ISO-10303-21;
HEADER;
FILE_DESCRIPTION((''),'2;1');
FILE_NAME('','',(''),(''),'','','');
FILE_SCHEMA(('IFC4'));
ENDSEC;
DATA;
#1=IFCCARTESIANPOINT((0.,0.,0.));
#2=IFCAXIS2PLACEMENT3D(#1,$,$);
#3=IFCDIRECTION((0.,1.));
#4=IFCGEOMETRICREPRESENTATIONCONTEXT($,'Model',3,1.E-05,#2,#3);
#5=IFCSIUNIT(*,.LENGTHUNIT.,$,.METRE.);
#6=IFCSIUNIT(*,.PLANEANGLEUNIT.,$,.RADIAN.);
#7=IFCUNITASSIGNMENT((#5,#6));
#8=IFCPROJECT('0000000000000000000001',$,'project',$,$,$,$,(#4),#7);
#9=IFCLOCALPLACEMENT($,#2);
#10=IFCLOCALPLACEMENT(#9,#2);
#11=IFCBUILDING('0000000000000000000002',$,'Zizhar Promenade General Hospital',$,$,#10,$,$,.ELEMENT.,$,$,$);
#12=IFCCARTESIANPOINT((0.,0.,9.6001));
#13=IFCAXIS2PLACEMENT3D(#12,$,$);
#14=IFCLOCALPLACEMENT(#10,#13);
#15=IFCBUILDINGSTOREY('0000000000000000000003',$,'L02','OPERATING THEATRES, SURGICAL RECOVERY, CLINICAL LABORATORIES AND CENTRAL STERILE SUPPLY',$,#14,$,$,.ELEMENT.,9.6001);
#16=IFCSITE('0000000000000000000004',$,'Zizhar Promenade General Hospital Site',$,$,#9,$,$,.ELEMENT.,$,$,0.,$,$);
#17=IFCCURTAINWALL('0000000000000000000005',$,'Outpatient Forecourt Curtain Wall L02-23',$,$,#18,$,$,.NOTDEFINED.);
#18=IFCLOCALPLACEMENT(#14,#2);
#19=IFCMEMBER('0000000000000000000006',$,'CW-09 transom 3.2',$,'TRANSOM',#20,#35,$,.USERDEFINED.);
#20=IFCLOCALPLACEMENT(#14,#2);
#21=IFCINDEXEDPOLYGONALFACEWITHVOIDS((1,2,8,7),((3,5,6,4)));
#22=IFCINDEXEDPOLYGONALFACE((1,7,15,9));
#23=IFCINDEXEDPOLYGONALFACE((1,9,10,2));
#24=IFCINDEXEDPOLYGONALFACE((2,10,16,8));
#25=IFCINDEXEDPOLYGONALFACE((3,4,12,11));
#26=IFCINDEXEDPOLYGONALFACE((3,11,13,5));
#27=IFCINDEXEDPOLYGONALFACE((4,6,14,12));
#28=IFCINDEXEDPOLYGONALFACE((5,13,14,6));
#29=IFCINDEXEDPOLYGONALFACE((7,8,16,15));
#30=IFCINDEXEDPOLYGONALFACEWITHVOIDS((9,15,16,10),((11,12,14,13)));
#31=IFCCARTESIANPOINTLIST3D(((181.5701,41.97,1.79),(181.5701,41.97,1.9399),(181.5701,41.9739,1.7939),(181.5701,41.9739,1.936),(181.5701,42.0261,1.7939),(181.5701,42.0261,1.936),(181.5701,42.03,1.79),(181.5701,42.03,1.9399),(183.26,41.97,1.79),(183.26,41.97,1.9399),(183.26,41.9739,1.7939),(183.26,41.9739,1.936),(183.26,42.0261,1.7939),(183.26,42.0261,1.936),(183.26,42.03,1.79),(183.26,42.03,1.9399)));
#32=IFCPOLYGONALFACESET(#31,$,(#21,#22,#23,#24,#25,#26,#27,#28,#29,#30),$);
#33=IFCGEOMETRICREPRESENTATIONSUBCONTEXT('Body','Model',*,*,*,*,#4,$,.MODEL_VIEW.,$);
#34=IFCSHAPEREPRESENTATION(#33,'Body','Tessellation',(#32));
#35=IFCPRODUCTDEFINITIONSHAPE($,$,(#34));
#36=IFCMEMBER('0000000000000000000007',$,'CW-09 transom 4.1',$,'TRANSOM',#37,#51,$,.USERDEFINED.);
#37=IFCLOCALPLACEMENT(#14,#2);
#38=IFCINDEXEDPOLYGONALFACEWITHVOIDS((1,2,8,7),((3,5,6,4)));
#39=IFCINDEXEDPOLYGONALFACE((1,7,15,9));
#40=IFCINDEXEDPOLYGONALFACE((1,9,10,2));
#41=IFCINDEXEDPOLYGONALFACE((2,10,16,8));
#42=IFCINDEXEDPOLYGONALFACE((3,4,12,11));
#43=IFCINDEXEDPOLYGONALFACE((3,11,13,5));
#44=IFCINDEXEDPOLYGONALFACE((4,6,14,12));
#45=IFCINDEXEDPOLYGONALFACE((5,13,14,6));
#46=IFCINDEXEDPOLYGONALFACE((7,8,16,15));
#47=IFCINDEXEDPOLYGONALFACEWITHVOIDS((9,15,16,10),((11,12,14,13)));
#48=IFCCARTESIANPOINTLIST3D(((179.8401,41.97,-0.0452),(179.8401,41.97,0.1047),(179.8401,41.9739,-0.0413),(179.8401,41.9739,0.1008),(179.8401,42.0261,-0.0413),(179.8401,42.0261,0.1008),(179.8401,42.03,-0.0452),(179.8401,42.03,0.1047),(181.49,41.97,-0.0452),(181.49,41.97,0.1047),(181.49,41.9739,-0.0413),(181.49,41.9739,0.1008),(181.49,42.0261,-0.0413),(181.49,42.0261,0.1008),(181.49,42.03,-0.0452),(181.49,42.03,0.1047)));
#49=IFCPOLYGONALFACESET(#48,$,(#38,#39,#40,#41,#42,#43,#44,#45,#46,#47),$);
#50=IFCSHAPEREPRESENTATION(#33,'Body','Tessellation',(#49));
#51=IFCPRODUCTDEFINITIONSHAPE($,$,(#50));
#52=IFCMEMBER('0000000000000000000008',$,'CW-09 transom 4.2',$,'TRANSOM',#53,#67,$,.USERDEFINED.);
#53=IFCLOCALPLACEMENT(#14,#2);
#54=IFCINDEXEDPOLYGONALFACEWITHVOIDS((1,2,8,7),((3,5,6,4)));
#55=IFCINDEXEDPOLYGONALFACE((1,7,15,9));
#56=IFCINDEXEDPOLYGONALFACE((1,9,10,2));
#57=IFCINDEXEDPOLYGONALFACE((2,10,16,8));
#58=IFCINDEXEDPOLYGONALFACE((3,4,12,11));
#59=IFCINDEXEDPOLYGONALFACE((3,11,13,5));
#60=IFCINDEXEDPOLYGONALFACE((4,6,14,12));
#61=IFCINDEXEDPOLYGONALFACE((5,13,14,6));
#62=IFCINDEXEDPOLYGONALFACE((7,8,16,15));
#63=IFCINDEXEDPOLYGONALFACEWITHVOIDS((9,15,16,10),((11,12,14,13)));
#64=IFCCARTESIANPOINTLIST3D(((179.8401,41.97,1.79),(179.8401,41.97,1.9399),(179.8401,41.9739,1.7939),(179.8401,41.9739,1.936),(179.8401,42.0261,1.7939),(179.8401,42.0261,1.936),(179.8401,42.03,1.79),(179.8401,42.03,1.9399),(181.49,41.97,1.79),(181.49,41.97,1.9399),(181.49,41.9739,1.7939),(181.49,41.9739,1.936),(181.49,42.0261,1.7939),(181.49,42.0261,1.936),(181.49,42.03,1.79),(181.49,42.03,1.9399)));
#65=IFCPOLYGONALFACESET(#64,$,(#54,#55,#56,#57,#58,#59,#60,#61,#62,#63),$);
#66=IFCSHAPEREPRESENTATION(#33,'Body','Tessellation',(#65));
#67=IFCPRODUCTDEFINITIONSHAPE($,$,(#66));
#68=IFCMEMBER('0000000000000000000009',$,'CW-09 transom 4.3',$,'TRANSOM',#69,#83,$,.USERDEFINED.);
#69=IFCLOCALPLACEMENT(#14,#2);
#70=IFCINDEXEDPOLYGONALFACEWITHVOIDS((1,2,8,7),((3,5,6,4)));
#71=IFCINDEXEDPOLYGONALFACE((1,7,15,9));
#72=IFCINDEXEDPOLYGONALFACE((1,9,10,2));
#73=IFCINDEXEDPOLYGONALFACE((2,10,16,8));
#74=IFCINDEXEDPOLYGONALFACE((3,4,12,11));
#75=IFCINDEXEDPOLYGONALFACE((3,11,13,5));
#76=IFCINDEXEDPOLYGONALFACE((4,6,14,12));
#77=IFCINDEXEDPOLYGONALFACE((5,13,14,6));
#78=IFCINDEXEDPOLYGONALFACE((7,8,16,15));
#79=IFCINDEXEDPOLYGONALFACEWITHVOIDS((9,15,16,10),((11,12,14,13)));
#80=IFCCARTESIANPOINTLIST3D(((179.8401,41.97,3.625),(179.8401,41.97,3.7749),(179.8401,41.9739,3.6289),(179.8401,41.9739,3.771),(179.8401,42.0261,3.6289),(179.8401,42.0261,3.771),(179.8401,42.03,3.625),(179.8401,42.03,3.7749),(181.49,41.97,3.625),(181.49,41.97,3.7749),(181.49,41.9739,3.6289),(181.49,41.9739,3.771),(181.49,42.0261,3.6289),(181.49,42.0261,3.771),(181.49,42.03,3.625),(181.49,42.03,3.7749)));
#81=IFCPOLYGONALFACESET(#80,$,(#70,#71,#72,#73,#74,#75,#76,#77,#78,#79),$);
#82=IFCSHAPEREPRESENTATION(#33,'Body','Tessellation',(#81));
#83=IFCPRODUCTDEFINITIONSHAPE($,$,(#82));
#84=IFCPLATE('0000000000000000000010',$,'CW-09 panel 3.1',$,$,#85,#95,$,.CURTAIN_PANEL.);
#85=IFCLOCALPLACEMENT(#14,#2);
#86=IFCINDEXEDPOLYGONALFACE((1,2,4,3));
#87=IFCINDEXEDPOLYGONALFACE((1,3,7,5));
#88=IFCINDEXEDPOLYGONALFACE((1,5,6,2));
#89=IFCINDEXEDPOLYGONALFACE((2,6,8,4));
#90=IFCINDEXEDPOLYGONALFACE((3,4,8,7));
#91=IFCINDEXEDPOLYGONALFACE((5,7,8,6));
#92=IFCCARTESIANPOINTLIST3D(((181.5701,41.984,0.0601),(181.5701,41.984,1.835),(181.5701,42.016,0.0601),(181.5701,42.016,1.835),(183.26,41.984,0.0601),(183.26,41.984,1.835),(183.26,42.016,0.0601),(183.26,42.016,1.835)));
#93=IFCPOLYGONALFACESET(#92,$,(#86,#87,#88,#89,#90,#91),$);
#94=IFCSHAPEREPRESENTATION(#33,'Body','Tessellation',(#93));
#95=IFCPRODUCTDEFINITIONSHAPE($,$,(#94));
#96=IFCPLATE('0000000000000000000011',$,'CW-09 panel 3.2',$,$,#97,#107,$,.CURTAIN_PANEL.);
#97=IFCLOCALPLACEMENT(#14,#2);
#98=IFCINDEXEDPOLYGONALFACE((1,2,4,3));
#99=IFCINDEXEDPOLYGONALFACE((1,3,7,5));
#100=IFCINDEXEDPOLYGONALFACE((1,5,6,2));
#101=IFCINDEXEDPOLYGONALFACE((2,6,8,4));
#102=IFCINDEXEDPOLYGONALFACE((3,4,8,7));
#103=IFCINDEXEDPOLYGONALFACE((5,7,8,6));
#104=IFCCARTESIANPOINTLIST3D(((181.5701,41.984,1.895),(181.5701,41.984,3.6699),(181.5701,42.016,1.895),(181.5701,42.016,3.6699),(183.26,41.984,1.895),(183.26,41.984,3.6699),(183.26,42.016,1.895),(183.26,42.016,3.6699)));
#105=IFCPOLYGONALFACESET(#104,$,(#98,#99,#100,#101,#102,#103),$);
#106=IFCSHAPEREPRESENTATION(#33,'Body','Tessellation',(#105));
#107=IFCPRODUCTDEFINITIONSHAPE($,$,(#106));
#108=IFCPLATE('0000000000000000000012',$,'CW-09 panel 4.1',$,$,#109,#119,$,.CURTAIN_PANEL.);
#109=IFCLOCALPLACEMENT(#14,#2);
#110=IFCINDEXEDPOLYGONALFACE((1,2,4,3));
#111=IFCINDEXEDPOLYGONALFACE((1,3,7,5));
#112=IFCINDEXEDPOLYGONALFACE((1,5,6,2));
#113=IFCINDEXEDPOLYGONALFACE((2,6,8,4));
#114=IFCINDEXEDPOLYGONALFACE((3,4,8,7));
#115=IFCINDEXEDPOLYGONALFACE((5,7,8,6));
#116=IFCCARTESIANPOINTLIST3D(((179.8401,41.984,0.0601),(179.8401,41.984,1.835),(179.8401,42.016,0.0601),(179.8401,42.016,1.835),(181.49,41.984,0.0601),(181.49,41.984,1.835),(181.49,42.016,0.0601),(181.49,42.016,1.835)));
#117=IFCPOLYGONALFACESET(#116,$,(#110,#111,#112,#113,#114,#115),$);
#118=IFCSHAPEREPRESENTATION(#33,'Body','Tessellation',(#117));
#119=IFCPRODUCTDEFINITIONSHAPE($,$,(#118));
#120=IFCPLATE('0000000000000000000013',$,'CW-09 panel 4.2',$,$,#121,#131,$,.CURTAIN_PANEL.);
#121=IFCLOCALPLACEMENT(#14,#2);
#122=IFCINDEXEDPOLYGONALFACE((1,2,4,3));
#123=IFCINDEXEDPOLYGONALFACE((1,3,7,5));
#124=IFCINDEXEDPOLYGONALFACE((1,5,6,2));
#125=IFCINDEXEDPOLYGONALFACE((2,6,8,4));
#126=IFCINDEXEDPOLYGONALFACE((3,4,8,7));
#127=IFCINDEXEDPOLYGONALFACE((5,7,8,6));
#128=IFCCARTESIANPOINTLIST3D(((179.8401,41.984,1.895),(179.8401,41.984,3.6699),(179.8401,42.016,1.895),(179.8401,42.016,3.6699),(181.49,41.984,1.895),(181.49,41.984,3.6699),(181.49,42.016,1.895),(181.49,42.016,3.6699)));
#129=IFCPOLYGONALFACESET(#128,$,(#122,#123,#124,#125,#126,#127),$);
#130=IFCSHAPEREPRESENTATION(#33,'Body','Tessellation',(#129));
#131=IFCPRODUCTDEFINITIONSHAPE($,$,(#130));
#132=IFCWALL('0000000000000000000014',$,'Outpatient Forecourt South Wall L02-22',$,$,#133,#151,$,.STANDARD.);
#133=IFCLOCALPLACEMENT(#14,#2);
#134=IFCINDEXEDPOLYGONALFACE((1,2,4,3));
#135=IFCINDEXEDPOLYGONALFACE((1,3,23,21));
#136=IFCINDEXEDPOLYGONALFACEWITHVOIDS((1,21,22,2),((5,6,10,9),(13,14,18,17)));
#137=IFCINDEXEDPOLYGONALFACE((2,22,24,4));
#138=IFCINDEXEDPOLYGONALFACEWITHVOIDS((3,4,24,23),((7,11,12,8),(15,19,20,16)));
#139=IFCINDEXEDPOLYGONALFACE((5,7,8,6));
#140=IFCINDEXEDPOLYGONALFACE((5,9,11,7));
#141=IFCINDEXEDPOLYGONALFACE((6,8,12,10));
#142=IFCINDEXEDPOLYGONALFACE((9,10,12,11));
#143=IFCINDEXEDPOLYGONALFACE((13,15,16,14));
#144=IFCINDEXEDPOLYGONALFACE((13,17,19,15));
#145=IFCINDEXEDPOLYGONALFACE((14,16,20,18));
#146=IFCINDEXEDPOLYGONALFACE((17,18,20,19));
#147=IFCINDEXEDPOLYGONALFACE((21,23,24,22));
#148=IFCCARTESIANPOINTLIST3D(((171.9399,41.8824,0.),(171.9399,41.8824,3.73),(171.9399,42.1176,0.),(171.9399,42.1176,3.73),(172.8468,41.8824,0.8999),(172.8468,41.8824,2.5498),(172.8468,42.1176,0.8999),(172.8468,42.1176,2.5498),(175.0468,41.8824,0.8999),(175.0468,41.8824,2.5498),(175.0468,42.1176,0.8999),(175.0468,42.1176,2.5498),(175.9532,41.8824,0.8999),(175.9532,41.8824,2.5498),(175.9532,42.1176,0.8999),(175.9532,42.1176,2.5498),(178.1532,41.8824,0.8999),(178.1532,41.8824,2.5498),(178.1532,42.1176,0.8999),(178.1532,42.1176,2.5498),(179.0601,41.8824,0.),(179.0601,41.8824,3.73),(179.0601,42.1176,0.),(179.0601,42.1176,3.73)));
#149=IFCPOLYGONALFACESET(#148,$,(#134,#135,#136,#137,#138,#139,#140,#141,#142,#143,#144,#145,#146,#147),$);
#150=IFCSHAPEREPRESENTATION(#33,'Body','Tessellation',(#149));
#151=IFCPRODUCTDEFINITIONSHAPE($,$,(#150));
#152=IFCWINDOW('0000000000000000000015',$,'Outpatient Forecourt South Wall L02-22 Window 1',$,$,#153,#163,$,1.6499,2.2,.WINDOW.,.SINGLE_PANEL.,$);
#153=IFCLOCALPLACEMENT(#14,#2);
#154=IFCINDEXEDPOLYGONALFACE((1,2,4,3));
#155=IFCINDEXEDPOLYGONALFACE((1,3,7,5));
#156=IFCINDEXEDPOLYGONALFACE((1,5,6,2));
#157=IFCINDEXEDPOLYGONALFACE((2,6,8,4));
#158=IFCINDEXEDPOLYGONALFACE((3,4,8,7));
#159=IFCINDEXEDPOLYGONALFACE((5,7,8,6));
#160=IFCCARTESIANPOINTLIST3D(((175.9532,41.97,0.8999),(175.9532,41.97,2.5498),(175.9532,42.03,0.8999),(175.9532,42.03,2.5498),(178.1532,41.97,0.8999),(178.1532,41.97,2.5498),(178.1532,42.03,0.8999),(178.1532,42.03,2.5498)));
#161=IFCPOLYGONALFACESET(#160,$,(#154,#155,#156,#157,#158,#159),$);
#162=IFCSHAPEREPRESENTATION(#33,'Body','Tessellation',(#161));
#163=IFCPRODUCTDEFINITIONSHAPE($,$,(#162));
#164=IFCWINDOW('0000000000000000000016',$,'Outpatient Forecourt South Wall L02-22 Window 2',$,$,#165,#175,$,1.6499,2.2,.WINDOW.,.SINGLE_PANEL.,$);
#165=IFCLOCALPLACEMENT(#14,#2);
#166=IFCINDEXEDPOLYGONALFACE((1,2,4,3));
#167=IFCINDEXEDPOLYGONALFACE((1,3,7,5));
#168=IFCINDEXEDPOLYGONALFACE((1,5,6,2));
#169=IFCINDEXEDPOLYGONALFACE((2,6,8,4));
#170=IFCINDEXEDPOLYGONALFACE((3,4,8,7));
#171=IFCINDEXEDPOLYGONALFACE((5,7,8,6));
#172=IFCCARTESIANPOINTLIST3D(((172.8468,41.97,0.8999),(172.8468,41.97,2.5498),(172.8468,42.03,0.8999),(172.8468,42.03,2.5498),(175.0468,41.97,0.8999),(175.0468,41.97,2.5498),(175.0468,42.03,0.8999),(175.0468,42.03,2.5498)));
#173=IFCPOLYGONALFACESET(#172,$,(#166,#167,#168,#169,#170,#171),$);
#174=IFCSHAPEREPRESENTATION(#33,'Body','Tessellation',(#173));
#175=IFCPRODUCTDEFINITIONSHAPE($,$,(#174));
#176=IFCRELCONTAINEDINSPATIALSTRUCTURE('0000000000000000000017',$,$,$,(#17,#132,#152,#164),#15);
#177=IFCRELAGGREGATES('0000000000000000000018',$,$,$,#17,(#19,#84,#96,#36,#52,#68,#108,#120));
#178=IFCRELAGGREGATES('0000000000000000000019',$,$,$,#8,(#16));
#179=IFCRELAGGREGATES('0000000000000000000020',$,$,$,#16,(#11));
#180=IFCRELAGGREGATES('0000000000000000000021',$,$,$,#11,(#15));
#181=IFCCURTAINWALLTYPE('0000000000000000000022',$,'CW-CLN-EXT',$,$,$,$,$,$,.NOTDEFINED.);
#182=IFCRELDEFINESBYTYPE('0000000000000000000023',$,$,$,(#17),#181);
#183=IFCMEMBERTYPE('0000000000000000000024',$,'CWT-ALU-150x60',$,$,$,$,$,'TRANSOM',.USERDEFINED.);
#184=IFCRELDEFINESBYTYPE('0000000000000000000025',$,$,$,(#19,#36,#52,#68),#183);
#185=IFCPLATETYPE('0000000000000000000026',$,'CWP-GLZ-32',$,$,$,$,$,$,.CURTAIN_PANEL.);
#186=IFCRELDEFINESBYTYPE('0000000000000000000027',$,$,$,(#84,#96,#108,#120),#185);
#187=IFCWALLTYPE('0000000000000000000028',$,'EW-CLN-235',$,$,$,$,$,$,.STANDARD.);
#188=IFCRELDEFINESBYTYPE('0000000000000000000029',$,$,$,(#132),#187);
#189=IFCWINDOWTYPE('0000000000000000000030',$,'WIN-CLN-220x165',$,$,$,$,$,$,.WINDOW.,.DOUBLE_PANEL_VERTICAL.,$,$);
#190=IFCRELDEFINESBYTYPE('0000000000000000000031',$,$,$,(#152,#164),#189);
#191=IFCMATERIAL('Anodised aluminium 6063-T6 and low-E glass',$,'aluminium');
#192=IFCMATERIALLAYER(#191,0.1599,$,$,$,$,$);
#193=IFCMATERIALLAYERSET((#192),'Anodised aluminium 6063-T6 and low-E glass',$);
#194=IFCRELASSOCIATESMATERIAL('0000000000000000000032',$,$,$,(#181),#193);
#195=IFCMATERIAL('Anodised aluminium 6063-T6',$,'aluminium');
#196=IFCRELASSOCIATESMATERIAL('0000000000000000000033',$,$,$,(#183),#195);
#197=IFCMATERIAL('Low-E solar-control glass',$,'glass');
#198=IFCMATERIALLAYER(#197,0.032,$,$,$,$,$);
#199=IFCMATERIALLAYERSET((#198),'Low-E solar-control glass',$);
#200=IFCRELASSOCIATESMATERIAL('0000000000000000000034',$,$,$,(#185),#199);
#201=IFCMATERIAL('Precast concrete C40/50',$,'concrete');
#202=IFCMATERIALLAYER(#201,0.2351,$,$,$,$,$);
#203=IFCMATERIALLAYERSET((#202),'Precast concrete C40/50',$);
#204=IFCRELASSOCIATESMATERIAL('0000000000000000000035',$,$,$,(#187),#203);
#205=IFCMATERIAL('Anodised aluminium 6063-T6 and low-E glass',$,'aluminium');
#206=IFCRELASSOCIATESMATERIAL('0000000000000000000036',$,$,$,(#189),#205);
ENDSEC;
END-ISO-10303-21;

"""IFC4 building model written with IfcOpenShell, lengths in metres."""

from ifc_helpers import new_model, si_unit, direction, frame, frame_2d, origin, origin_2d, place, context, subcontext, project, spatial, rectangle, hollow_rectangle, extrude, material, layer, layer_set, material_profile, profile_set, type_object, element, fill, aggregate, save


model = new_model("IFC4")

# Units and contexts
model_context = context("Model", 3, precision=1e-05, world=origin(), true_north=direction((0.0, 1.0)))
body_context = subcontext(model_context, "Body", "Model", "MODEL_VIEW")
ifc_project = project(units=[si_unit("LENGTHUNIT", "METRE"), si_unit("PLANEANGLEUNIT", "RADIAN")], contexts=[model_context])

# Site, building, storey
site_placement = place(None, origin())
site = spatial("IfcSite", under=ifc_project, at=site_placement, Name="Zizhar Promenade General Hospital Site", CompositionType="ELEMENT", RefElevation=0.0)
building_placement = place(site_placement, origin())
building = spatial("IfcBuilding", under=site, at=building_placement, Name="Zizhar Promenade General Hospital", CompositionType="ELEMENT")
storey_placement = place(building_placement, frame((0.0, 0.0, 9.6001)))
storey = spatial("IfcBuildingStorey", under=building, at=storey_placement, Name="L02", Description="OPERATING THEATRES, SURGICAL RECOVERY, CLINICAL LABORATORIES AND CENTRAL STERILE SUPPLY", CompositionType="ELEMENT", Elevation=9.6001)

# Curtain wall, members, plates
ifc_material_1 = material(Name="Anodised aluminium 6063-T6 and low-E glass", Category="aluminium")
ifc_layer_1 = layer(ifc_material_1, 0.1599)
ifc_layer_set_1 = layer_set([ifc_layer_1], Name="Anodised aluminium 6063-T6 and low-E glass")
curtain_wall_type = type_object("IfcCurtainWallType", Name="CW-CLN-EXT", PredefinedType="NOTDEFINED", material=ifc_layer_set_1)
curtain_wall_placement = place(storey_placement, origin())
curtain_wall = element("IfcCurtainWall", 1, at=curtain_wall_placement, inside=storey, type_object=curtain_wall_type, Name="Outpatient Forecourt Curtain Wall L02-23", PredefinedType="NOTDEFINED")
ifc_material_2 = material(Name="Anodised aluminium 6063-T6", Category="aluminium")
ifc_material_profile_1 = material_profile(ifc_material_2, hollow_rectangle(XDim=0.0601, YDim=0.1499, WallThickness=0.0039, at=origin_2d()))
ifc_profile_set_1 = profile_set([ifc_material_profile_1], Name="Anodised aluminium 6063-T6")
member_type_1 = type_object("IfcMemberType", Name="CWT-ALU-150x60", ElementType="TRANSOM", PredefinedType="USERDEFINED", material=ifc_profile_set_1)
member_1_placement = place(storey_placement, frame((183.26, 42.0, 1.865), z_axis=(-1.0, 0.0, 0.0), x_axis=(0.0, -1.0, 0.0)))
member_1 = element("IfcMember", 2, at=member_1_placement, type_object=member_type_1, Name="CW-09 transom 3.2", ObjectType="TRANSOM", PredefinedType="USERDEFINED", context=body_context, shape_type="SweptSolid", body=[
    extrude(hollow_rectangle(XDim=0.0601, YDim=0.1499, WallThickness=0.0039, at=origin_2d()), origin(), (0.0, 0.0, 1.0), 1.6899),
])
member_2_placement = place(storey_placement, frame((181.49, 42.0, 0.0298), z_axis=(-1.0, 0.0, 0.0), x_axis=(0.0, -1.0, 0.0)))
member_2 = element("IfcMember", 3, at=member_2_placement, type_object=member_type_1, Name="CW-09 transom 4.1", ObjectType="TRANSOM", PredefinedType="USERDEFINED", context=body_context, shape_type="SweptSolid", body=[
    extrude(hollow_rectangle(XDim=0.0601, YDim=0.1499, WallThickness=0.0039, at=origin_2d()), origin(), (0.0, 0.0, 1.0), 1.6499),
])
member_3_placement = place(storey_placement, frame((181.49, 42.0, 1.865), z_axis=(-1.0, 0.0, 0.0), x_axis=(0.0, -1.0, 0.0)))
member_3 = element("IfcMember", 4, at=member_3_placement, type_object=member_type_1, Name="CW-09 transom 4.2", ObjectType="TRANSOM", PredefinedType="USERDEFINED", context=body_context, shape_type="SweptSolid", body=[
    extrude(hollow_rectangle(XDim=0.0601, YDim=0.1499, WallThickness=0.0039, at=origin_2d()), origin(), (0.0, 0.0, 1.0), 1.6499),
])
member_4_placement = place(storey_placement, frame((181.49, 42.0, 3.7), z_axis=(-1.0, 0.0, 0.0), x_axis=(0.0, -1.0, 0.0)))
member_4 = element("IfcMember", 5, at=member_4_placement, type_object=member_type_1, Name="CW-09 transom 4.3", ObjectType="TRANSOM", PredefinedType="USERDEFINED", context=body_context, shape_type="SweptSolid", body=[
    extrude(hollow_rectangle(XDim=0.0601, YDim=0.1499, WallThickness=0.0039, at=origin_2d()), origin(), (0.0, 0.0, 1.0), 1.6499),
])
ifc_material_3 = material(Name="Low-E solar-control glass", Category="glass")
ifc_layer_2 = layer(ifc_material_3, 0.032)
ifc_layer_set_2 = layer_set([ifc_layer_2], Name="Low-E solar-control glass")
plate_type = type_object("IfcPlateType", Name="CWP-GLZ-32", PredefinedType="CURTAIN_PANEL", material=ifc_layer_set_2)
plate_1_placement = place(storey_placement, frame((182.415, 42.0, 0.0601), z_axis=(0.0, 0.0, 1.0), x_axis=(-1.0, 0.0, 0.0)))
plate_1 = element("IfcPlate", 6, at=plate_1_placement, type_object=plate_type, Name="CW-09 panel 3.1", PredefinedType="CURTAIN_PANEL", context=body_context, shape_type="SweptSolid", body=[
    extrude(rectangle(XDim=1.6899, YDim=0.032, at=origin_2d()), origin(), (0.0, 0.0, 1.0), 1.7749),
])
plate_2_placement = place(storey_placement, frame((182.415, 42.0, 1.895), z_axis=(0.0, 0.0, 1.0), x_axis=(-1.0, 0.0, 0.0)))
plate_2 = element("IfcPlate", 7, at=plate_2_placement, type_object=plate_type, Name="CW-09 panel 3.2", PredefinedType="CURTAIN_PANEL", context=body_context, shape_type="SweptSolid", body=[
    extrude(rectangle(XDim=1.6899, YDim=0.032, at=origin_2d()), origin(), (0.0, 0.0, 1.0), 1.7749),
])
plate_3_placement = place(storey_placement, frame((180.665, 42.0, 0.0601), z_axis=(0.0, 0.0, 1.0), x_axis=(-1.0, 0.0, 0.0)))
plate_3 = element("IfcPlate", 8, at=plate_3_placement, type_object=plate_type, Name="CW-09 panel 4.1", PredefinedType="CURTAIN_PANEL", context=body_context, shape_type="SweptSolid", body=[
    extrude(rectangle(XDim=1.6499, YDim=0.032, at=origin_2d()), origin(), (0.0, 0.0, 1.0), 1.7749),
])
plate_4_placement = place(storey_placement, frame((180.665, 42.0, 1.895), z_axis=(0.0, 0.0, 1.0), x_axis=(-1.0, 0.0, 0.0)))
plate_4 = element("IfcPlate", 9, at=plate_4_placement, type_object=plate_type, Name="CW-09 panel 4.2", PredefinedType="CURTAIN_PANEL", context=body_context, shape_type="SweptSolid", body=[
    extrude(rectangle(XDim=1.6499, YDim=0.032, at=origin_2d()), origin(), (0.0, 0.0, 1.0), 1.7749),
])
aggregate(curtain_wall, [member_1, plate_1, plate_2, member_2, member_3, member_4, plate_3, plate_4])

# Wall, openings, windows
ifc_material_4 = material(Name="Precast concrete C40/50", Category="concrete")
ifc_layer_3 = layer(ifc_material_4, 0.2351)
ifc_layer_set_3 = layer_set([ifc_layer_3], Name="Precast concrete C40/50")
wall_type_1 = type_object("IfcWallType", Name="EW-CLN-235", PredefinedType="STANDARD", material=ifc_layer_set_3)
wall_1_placement = place(storey_placement, frame((179.0601, 42.0, 0.0), z_axis=(0.0, 0.0, 1.0), x_axis=(-1.0, 0.0, 0.0)))
wall_1 = element("IfcWall", 10, at=wall_1_placement, inside=storey, type_object=wall_type_1, Name="Outpatient Forecourt South Wall L02-22", PredefinedType="STANDARD", context=body_context, shape_type="SweptSolid", body=[
    extrude(rectangle(XDim=7.1201, YDim=0.2351, at=frame_2d((3.5601, 0.0))), origin(), (0.0, 0.0, 1.0), 3.73),
])
opening_1_placement = place(wall_1_placement, frame((0.9067, 0.0, 0.8999)))
opening_1 = element("IfcOpeningElement", 11, at=opening_1_placement, cuts=wall_1, PredefinedType="OPENING", context=body_context, shape_type="SweptSolid", body=[
    extrude(rectangle(XDim=2.2, YDim=1.6499, at=frame_2d((1.1001, 0.825))), frame((0.0, 0.1274, 0.0), z_axis=(0.0, -1.0, 0.0), x_axis=(1.0, 0.0, 0.0)), (0.0, 0.0, 1.0), 0.2551),
])
opening_2_placement = place(wall_1_placement, frame((4.0132, 0.0, 0.8999)))
opening_2 = element("IfcOpeningElement", 12, at=opening_2_placement, cuts=wall_1, PredefinedType="OPENING", context=body_context, shape_type="SweptSolid", body=[
    extrude(rectangle(XDim=2.2, YDim=1.6499, at=frame_2d((1.1001, 0.825))), frame((0.0, 0.1274, 0.0), z_axis=(0.0, -1.0, 0.0), x_axis=(1.0, 0.0, 0.0)), (0.0, 0.0, 1.0), 0.2551),
])
ifc_material_5 = material(Name="Anodised aluminium 6063-T6 and low-E glass", Category="aluminium")
window_type = type_object("IfcWindowType", Name="WIN-CLN-220x165", PartitioningType="DOUBLE_PANEL_VERTICAL", PredefinedType="WINDOW", material=ifc_material_5)
window_1_placement = place(opening_1_placement, origin())
window_1 = element("IfcWindow", 13, at=window_1_placement, inside=storey, type_object=window_type, Name="Outpatient Forecourt South Wall L02-22 Window 1", OverallHeight=1.6499, OverallWidth=2.2, PartitioningType="SINGLE_PANEL", PredefinedType="WINDOW", context=body_context, shape_type="SweptSolid", body=[
    extrude(rectangle(XDim=2.2, YDim=1.6499, at=frame_2d((1.1001, 0.825))), frame((0.0, 0.03, 0.0), z_axis=(0.0, -1.0, 0.0), x_axis=(1.0, 0.0, 0.0)), (0.0, 0.0, 1.0), 0.0601),
])
fill(opening_1, window_1)
window_2_placement = place(opening_2_placement, origin())
window_2 = element("IfcWindow", 14, at=window_2_placement, inside=storey, type_object=window_type, Name="Outpatient Forecourt South Wall L02-22 Window 2", OverallHeight=1.6499, OverallWidth=2.2, PartitioningType="SINGLE_PANEL", PredefinedType="WINDOW", context=body_context, shape_type="SweptSolid", body=[
    extrude(rectangle(XDim=2.2, YDim=1.6499, at=frame_2d((1.1001, 0.825))), frame((0.0, 0.03, 0.0), z_axis=(0.0, -1.0, 0.0), x_axis=(1.0, 0.0, 0.0)), (0.0, 0.0, 1.0), 0.0601),
])
fill(opening_2, window_2)

save(model, "model.ifc")
